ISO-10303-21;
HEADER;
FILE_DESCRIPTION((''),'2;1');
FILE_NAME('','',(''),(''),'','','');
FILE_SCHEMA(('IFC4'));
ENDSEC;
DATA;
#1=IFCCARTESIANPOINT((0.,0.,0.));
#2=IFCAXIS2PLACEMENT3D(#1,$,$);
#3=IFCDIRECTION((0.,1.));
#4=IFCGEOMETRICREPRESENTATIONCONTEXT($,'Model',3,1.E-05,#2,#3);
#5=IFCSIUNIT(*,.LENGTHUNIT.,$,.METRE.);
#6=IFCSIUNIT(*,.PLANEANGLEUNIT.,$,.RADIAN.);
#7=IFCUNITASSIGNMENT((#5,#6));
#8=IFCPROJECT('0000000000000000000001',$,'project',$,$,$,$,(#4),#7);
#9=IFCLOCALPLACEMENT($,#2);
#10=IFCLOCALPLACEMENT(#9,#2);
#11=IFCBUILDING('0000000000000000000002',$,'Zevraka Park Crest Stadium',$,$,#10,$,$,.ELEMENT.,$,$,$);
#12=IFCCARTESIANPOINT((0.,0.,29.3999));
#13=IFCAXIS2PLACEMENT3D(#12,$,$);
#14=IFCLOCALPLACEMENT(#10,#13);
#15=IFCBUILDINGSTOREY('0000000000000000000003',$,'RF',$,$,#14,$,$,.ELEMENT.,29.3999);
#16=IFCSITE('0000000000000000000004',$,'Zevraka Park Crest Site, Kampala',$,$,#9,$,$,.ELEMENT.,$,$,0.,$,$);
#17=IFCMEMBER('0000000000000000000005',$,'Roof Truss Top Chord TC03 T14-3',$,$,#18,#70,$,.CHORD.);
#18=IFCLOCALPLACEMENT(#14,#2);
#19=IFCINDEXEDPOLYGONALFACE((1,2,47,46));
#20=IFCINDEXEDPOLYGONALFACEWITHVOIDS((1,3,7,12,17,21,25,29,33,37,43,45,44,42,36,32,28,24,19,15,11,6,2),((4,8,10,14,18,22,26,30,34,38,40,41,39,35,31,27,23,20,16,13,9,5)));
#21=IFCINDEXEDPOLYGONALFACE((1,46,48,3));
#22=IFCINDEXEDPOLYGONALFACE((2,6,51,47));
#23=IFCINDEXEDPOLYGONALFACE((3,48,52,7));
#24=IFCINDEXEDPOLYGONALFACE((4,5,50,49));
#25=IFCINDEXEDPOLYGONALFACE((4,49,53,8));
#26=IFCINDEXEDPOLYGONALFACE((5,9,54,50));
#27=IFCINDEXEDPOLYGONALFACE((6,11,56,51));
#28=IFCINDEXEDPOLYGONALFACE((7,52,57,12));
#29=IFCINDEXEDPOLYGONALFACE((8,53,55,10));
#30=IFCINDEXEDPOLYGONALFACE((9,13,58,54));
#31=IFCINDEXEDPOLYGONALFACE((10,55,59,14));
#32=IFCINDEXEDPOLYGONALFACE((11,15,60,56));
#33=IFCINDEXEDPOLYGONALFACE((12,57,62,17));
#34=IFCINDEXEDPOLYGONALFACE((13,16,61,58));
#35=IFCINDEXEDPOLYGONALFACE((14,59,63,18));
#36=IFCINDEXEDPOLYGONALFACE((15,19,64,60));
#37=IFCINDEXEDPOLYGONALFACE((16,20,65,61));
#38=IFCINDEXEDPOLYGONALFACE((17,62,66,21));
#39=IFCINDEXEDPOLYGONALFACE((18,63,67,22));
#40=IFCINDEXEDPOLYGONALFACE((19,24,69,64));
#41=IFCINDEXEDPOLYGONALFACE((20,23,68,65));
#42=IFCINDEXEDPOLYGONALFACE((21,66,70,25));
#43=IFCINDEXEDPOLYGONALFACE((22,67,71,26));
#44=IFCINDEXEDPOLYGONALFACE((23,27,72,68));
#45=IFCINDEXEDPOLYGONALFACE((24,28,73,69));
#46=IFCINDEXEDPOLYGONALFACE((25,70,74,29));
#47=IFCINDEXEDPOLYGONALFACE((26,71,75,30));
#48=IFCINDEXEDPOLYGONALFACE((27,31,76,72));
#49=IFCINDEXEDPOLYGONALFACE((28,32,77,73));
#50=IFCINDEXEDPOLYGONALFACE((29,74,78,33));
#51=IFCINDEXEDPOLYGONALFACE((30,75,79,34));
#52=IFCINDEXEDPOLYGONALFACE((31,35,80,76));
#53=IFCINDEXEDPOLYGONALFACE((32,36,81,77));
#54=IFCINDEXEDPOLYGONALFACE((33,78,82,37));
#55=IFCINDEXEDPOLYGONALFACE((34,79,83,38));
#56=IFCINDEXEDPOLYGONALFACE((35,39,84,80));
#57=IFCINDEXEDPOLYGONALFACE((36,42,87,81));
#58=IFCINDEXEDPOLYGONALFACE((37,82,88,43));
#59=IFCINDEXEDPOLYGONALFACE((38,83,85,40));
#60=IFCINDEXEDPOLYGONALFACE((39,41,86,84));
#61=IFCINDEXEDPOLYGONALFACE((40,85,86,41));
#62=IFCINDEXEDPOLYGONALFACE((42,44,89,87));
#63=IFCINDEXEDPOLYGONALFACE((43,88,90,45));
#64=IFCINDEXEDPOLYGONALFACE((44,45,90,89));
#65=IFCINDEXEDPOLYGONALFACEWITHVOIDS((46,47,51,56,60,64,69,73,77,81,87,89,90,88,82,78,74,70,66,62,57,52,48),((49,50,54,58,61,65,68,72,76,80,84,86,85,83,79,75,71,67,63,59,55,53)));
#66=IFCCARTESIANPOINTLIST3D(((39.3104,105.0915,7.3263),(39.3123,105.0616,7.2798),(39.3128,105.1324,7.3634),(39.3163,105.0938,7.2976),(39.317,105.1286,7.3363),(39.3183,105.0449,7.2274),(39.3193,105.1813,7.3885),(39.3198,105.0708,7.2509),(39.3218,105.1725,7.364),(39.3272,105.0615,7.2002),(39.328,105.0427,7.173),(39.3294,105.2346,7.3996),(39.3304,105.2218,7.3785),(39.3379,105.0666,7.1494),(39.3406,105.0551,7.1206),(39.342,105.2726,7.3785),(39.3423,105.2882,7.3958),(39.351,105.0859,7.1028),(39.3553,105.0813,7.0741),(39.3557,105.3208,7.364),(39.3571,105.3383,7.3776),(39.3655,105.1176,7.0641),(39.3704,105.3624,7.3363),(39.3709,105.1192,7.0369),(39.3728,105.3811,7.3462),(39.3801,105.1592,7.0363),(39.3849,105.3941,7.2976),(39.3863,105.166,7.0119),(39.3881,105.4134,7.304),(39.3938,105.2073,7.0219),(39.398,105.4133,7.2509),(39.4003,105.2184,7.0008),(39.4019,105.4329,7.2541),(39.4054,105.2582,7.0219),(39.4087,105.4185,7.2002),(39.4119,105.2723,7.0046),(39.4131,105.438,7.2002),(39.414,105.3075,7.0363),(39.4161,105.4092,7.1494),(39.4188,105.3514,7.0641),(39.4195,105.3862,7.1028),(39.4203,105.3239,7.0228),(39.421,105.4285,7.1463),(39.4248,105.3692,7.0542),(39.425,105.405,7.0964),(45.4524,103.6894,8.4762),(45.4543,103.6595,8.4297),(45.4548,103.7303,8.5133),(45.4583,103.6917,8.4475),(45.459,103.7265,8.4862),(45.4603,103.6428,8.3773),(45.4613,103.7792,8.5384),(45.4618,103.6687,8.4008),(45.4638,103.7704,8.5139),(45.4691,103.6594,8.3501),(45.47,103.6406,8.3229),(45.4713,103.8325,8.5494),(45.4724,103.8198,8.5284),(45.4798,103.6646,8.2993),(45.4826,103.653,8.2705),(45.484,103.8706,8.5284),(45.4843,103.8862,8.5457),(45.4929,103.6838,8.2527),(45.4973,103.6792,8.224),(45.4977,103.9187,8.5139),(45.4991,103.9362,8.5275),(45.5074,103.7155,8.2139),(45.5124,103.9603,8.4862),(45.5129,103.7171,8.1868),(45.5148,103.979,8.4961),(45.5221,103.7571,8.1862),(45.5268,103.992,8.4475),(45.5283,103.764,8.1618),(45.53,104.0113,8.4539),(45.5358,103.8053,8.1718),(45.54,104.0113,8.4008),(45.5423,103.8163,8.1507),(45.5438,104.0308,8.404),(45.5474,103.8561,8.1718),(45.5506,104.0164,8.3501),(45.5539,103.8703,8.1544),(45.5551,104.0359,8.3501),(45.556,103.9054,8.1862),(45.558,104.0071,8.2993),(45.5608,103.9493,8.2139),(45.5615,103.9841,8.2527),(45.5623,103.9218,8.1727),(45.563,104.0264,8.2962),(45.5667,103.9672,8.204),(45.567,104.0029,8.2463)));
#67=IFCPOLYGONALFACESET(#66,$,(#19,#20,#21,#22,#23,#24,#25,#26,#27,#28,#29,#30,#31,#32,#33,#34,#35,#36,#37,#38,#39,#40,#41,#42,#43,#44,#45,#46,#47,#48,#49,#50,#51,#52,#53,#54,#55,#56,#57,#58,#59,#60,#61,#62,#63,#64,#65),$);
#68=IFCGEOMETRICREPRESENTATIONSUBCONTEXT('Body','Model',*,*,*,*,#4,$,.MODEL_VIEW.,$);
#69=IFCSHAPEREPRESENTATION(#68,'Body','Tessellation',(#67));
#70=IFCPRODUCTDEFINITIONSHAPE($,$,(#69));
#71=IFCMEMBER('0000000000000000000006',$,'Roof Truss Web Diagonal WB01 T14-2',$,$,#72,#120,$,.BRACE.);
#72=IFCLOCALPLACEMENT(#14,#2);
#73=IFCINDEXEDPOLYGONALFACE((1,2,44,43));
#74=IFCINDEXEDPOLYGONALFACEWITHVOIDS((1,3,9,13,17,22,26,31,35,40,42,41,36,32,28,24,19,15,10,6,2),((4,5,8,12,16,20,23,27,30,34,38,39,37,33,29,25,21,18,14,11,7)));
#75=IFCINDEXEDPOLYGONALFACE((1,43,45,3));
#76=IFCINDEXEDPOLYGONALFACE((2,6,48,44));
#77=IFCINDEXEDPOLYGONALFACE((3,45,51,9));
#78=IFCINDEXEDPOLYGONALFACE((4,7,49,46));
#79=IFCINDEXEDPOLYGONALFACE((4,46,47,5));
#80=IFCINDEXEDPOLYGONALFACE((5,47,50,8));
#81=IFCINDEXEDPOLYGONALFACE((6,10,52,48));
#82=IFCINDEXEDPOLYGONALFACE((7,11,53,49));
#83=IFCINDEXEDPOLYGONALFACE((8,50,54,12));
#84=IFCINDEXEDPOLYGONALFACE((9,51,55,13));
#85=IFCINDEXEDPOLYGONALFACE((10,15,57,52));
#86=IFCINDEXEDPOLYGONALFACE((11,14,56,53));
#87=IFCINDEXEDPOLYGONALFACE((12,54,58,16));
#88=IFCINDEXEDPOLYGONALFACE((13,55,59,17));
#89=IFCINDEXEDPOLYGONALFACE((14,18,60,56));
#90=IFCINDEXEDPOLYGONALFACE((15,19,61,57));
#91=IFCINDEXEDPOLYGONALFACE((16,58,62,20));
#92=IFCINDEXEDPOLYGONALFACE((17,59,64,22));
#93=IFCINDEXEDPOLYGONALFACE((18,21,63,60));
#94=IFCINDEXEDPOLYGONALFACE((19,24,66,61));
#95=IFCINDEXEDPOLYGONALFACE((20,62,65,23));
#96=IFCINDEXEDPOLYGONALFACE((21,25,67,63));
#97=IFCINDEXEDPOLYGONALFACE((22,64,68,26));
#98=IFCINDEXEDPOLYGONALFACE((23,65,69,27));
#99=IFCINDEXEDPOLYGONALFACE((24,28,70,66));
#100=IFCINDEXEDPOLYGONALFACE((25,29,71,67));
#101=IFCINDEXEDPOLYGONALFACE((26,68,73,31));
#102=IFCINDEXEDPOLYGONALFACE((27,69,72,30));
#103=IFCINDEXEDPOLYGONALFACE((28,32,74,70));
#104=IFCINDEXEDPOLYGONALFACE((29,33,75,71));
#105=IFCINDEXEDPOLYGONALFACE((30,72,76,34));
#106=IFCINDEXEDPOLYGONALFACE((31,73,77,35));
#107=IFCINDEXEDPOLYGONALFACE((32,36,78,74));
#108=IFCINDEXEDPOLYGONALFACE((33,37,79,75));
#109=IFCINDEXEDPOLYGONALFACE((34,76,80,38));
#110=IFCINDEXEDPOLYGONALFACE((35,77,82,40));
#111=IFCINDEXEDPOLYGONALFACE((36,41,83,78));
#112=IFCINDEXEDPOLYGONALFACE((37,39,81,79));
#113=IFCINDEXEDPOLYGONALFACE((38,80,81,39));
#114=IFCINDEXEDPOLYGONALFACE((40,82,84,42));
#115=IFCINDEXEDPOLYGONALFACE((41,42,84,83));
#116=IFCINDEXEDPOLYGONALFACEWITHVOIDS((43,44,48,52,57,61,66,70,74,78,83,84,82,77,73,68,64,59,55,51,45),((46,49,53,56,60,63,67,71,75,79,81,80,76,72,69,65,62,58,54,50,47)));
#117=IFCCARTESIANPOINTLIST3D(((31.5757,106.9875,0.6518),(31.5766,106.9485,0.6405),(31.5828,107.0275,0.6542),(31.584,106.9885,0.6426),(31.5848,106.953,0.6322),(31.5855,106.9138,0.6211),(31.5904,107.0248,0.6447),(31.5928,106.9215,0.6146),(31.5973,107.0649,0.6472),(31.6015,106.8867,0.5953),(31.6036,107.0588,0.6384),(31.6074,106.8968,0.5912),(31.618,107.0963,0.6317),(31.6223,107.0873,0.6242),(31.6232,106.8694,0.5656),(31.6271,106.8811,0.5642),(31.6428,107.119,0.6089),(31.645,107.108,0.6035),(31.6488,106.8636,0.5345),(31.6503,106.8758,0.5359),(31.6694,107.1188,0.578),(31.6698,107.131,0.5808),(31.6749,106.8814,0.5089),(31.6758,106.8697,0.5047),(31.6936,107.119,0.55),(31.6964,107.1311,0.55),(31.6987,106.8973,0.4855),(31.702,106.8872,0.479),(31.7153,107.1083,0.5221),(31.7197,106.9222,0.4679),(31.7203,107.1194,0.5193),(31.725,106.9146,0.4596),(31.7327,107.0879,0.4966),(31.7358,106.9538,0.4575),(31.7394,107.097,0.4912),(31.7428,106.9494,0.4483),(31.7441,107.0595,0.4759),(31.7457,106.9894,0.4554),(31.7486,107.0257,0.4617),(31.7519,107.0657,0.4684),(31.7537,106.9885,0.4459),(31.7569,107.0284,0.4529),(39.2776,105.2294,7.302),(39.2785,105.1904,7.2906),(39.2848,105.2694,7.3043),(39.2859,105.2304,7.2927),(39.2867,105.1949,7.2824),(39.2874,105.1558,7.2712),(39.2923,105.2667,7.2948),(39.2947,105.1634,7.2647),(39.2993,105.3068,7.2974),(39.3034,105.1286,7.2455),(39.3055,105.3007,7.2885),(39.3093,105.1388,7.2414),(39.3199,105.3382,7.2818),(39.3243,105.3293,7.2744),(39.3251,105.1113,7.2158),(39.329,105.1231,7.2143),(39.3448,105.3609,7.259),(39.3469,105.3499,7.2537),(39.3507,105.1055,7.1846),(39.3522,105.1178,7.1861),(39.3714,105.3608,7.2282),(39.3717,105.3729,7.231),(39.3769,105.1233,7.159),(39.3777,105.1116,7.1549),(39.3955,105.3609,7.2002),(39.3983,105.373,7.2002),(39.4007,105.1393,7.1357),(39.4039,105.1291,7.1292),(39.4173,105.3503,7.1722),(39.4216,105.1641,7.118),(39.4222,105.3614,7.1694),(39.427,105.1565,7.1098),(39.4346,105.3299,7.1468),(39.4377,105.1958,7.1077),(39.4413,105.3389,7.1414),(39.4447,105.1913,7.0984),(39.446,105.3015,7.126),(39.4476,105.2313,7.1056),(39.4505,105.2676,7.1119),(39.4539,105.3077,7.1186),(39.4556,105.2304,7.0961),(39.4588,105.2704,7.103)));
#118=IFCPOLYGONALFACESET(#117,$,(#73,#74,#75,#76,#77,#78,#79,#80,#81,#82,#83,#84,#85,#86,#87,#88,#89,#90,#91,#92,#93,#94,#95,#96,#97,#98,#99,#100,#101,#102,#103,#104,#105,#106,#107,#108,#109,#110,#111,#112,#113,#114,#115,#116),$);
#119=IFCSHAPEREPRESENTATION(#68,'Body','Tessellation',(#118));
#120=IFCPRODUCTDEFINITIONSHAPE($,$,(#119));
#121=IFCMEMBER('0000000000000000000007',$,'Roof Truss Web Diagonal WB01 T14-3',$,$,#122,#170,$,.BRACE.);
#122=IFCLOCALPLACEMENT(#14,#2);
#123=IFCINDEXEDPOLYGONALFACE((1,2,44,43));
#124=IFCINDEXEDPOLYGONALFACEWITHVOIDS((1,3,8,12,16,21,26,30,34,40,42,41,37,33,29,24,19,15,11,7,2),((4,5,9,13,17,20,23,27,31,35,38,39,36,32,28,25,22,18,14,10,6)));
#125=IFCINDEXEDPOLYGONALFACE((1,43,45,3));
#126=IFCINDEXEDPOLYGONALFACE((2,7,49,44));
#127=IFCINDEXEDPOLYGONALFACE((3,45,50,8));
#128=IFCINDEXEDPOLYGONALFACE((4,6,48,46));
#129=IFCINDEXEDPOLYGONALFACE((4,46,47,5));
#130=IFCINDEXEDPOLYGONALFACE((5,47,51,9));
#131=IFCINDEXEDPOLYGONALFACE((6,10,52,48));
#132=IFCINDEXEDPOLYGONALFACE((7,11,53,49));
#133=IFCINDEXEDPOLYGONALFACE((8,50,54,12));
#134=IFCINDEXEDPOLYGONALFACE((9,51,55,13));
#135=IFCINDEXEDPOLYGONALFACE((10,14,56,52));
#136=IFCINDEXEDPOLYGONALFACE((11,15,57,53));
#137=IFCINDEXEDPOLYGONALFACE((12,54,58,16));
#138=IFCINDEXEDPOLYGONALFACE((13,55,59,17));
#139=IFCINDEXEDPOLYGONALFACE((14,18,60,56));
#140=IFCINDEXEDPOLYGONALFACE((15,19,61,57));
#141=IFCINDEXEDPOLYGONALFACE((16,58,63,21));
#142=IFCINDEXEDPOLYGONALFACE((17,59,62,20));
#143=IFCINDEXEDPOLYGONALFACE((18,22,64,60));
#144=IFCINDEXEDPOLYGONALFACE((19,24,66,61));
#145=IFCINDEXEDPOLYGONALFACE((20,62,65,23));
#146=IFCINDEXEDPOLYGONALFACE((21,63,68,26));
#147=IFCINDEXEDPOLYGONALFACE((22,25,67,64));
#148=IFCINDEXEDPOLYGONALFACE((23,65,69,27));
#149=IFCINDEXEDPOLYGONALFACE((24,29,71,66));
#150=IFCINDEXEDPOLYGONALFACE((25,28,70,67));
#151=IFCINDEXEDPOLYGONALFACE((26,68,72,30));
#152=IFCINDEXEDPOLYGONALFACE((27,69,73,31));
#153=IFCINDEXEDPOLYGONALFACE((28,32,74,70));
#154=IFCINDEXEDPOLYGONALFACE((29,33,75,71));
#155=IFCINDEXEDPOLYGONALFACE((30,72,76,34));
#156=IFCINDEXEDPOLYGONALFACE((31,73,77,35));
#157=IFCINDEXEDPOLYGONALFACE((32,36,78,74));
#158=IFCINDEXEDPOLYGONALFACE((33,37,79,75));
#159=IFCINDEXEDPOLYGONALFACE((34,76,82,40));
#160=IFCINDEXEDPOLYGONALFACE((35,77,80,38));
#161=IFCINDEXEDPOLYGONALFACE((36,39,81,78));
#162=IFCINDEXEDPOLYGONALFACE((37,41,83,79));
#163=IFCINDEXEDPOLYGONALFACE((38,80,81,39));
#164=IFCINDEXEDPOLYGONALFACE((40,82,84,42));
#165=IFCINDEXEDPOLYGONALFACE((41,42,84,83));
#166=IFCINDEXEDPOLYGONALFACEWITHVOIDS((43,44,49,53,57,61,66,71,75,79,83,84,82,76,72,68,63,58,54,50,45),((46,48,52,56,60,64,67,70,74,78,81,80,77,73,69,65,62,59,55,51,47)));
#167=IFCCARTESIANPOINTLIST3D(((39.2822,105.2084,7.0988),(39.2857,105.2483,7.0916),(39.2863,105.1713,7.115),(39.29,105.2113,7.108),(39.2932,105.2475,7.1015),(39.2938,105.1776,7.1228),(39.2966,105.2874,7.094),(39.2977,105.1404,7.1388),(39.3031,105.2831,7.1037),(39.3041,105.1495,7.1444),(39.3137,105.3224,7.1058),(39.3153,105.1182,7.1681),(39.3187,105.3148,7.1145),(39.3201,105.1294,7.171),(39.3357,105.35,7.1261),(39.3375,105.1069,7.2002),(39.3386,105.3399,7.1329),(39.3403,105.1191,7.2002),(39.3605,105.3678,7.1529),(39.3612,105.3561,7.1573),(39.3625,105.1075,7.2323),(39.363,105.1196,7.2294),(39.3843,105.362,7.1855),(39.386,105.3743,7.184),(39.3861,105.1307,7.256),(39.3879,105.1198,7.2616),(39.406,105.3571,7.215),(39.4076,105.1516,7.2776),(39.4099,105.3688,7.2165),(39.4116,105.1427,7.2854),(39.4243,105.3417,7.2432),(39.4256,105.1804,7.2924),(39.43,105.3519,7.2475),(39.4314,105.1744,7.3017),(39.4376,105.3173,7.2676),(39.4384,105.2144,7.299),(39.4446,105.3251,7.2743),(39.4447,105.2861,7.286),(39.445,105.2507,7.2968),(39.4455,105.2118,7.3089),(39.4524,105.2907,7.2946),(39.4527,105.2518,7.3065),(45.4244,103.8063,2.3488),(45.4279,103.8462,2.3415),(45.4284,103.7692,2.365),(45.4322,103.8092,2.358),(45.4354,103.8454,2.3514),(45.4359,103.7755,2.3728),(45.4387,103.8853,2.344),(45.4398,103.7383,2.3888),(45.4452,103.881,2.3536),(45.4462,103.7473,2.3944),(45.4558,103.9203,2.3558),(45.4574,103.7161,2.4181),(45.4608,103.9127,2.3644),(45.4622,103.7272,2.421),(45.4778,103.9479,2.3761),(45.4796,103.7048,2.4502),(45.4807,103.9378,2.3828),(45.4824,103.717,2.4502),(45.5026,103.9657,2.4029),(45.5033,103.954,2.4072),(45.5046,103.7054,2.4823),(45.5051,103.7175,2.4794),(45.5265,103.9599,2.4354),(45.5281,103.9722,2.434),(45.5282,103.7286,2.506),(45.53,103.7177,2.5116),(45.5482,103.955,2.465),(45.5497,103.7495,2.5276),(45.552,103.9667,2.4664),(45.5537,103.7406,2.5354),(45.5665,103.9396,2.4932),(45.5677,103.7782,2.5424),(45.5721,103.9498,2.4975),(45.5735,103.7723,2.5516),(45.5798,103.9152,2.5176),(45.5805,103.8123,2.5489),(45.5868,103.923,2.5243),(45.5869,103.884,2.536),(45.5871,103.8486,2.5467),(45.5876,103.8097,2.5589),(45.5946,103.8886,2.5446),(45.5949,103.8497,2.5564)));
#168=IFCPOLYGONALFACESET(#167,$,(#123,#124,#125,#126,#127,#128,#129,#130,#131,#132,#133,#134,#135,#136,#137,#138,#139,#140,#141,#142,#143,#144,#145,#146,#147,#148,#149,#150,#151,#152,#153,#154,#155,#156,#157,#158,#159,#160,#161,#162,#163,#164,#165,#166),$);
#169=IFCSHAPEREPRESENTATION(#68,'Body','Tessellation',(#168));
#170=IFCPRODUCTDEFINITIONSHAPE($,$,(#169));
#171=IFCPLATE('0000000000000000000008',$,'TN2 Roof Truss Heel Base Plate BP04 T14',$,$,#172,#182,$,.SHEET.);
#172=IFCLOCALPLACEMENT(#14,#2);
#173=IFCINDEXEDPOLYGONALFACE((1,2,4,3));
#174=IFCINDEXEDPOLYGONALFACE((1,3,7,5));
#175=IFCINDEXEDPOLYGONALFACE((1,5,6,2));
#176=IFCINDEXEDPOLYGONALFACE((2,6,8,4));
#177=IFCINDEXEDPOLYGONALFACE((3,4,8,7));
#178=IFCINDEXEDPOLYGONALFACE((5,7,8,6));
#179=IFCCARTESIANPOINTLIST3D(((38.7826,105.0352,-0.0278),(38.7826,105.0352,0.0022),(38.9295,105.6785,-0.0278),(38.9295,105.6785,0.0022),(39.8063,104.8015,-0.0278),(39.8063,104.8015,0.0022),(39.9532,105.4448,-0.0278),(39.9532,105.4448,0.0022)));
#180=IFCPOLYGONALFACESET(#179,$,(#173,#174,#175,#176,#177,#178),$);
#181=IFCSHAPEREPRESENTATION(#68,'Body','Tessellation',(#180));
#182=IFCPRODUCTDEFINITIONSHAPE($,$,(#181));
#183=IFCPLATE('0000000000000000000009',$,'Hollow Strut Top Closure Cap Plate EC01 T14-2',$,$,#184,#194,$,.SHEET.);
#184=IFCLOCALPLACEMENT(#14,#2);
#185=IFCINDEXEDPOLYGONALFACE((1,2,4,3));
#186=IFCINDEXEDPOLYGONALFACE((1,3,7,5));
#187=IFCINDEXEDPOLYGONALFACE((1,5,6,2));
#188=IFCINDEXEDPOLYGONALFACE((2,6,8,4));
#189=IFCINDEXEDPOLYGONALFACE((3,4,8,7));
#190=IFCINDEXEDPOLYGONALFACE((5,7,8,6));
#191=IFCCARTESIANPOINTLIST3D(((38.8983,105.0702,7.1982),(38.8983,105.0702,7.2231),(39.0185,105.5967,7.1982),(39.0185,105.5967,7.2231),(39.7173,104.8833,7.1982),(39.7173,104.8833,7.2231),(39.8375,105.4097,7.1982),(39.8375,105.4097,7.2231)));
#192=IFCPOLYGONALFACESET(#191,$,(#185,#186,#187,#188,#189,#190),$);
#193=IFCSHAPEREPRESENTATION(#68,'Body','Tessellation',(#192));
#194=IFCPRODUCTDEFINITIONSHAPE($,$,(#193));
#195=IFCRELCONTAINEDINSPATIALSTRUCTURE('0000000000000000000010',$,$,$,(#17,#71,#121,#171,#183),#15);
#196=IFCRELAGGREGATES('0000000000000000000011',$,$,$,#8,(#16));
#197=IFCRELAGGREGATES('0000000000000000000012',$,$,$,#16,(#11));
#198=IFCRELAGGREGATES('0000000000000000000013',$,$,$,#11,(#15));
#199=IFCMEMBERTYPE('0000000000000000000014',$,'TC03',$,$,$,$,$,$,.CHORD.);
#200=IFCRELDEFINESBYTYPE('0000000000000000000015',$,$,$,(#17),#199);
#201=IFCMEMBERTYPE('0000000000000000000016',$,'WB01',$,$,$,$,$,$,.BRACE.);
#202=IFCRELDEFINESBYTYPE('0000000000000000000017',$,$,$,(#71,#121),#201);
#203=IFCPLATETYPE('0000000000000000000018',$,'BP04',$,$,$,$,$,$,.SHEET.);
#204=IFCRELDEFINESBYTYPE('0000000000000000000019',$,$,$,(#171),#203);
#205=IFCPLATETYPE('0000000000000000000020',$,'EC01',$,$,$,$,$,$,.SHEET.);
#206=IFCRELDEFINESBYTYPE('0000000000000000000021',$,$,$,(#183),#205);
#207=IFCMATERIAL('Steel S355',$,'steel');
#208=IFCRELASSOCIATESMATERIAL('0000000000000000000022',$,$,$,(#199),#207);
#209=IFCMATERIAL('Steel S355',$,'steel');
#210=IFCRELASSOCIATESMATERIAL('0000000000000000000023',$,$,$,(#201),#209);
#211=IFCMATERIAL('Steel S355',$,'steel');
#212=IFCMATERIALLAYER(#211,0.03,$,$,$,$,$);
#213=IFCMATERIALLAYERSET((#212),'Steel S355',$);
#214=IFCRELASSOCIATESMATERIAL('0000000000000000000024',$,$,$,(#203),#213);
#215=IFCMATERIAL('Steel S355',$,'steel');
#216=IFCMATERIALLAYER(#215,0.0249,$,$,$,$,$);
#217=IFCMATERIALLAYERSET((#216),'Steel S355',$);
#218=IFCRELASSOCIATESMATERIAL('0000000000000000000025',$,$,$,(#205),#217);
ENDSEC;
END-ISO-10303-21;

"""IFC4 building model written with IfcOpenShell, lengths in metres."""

from ifc_helpers import new_model, si_unit, direction, frame, origin, origin_2d, place, context, subcontext, project, spatial, rectangle, hollow_circle, extrude, material, layer, layer_set, material_profile, profile_set, type_object, element, save


model = new_model("IFC4")

# Units and contexts
model_context = context("Model", 3, precision=1e-05, world=origin(), true_north=direction((0.0, 1.0)))
body_context = subcontext(model_context, "Body", "Model", "MODEL_VIEW")
ifc_project = project(units=[si_unit("LENGTHUNIT", "METRE"), si_unit("PLANEANGLEUNIT", "RADIAN")], contexts=[model_context])

# Site, building, storey
site_placement = place(None, origin())
site = spatial("IfcSite", under=ifc_project, at=site_placement, Name="Zevraka Park Crest Site, Kampala", CompositionType="ELEMENT", RefElevation=0.0)
building_placement = place(site_placement, origin())
building = spatial("IfcBuilding", under=site, at=building_placement, Name="Zevraka Park Crest Stadium", CompositionType="ELEMENT")
storey_placement = place(building_placement, frame((0.0, 0.0, 29.3999)))
storey = spatial("IfcBuildingStorey", under=building, at=storey_placement, Name="RF", CompositionType="ELEMENT", Elevation=29.3999)

# Members
ifc_material_1 = material(Name="Steel S355", Category="steel")
ifc_material_profile_1 = material_profile(ifc_material_1, hollow_circle(Radius=0.2031, WallThickness=0.02, at=origin_2d()), Name="CHS 406.4x20")
ifc_profile_set_1 = profile_set([ifc_material_profile_1], Name="Steel S355")
member_type_1 = type_object("IfcMemberType", Name="TC03", PredefinedType="CHORD", material=ifc_profile_set_1)
member_1_placement = place(storey_placement, frame((39.3679, 105.24, 7.2002), z_axis=(0.959076, -0.218935, 0.179555), x_axis=(0.222552, 0.974921, 0.0)))
element("IfcMember", 1, at=member_1_placement, inside=storey, type_object=member_type_1, Name="Roof Truss Top Chord TC03 T14-3", PredefinedType="CHORD", context=body_context, shape_type="SweptSolid", body=[
    extrude(hollow_circle(Radius=0.2031, WallThickness=0.02, at=origin_2d()), origin(), (0.0, 0.0, 1.0), 6.4041),
])
ifc_material_2 = material(Name="Steel S355", Category="steel")
ifc_material_profile_2 = material_profile(ifc_material_2, hollow_circle(Radius=0.1365, WallThickness=0.0125, at=origin_2d()), Name="CHS 273.0x12.5")
ifc_profile_set_2 = profile_set([ifc_material_profile_2], Name="Steel S355")
member_type_2 = type_object("IfcMemberType", Name="WB01", PredefinedType="BRACE", material=ifc_profile_set_2)
member_2_placement = place(storey_placement, frame((31.666, 106.998, 0.55), z_axis=(0.745846, -0.170249, 0.643995), x_axis=(0.222539, 0.974924, 0.0)))
element("IfcMember", 2, at=member_2_placement, inside=storey, type_object=member_type_2, Name="Roof Truss Web Diagonal WB01 T14-2", PredefinedType="BRACE", context=body_context, shape_type="SweptSolid", body=[
    extrude(hollow_circle(Radius=0.1365, WallThickness=0.0125, at=origin_2d()), origin(), (0.0, 0.0, 1.0), 10.3264),
])
member_3_placement = place(storey_placement, frame((45.51, 103.8379, 2.4502), z_axis=(-0.778455, 0.177704, 0.60202), x_axis=(-0.222552, -0.974921, 0.0)))
element("IfcMember", 3, at=member_3_placement, inside=storey, type_object=member_type_2, Name="Roof Truss Web Diagonal WB01 T14-3", PredefinedType="BRACE", context=body_context, shape_type="SweptSolid", body=[
    extrude(hollow_circle(Radius=0.1365, WallThickness=0.0125, at=origin_2d()), origin(), (0.0, 0.0, 1.0), 7.8901),
])

# Plates
ifc_material_3 = material(Name="Steel S355", Category="steel")
ifc_layer_1 = layer(ifc_material_3, 0.03)
ifc_layer_set_1 = layer_set([ifc_layer_1], Name="Steel S355")
plate_type_1 = type_object("IfcPlateType", Name="BP04", PredefinedType="SHEET", material=ifc_layer_set_1)
plate_1_placement = place(storey_placement, frame((39.3679, 105.24, -0.0278), z_axis=(0.0, 0.0, 1.0), x_axis=(-0.974917, 0.22257, 0.0)))
element("IfcPlate", 4, at=plate_1_placement, inside=storey, type_object=plate_type_1, Name="TN2 Roof Truss Heel Base Plate BP04 T14", PredefinedType="SHEET", context=body_context, shape_type="SweptSolid", body=[
    extrude(rectangle(XDim=1.05, YDim=0.6599, at=origin_2d()), origin(), (0.0, 0.0, 1.0), 0.03),
])
ifc_material_4 = material(Name="Steel S355", Category="steel")
ifc_layer_2 = layer(ifc_material_4, 0.0249)
ifc_layer_set_2 = layer_set([ifc_layer_2], Name="Steel S355")
plate_type_2 = type_object("IfcPlateType", Name="EC01", PredefinedType="SHEET", material=ifc_layer_set_2)
plate_2_placement = place(storey_placement, frame((39.3679, 105.24, 7.1982), z_axis=(0.0, 0.0, 1.0), x_axis=(-0.974917, 0.22257, 0.0)))
element("IfcPlate", 5, at=plate_2_placement, inside=storey, type_object=plate_type_2, Name="Hollow Strut Top Closure Cap Plate EC01 T14-2", PredefinedType="SHEET", context=body_context, shape_type="SweptSolid", body=[
    extrude(rectangle(XDim=0.8401, YDim=0.54, at=origin_2d()), origin(), (0.0, 0.0, 1.0), 0.0249),
])

save(model, "model.ifc")
